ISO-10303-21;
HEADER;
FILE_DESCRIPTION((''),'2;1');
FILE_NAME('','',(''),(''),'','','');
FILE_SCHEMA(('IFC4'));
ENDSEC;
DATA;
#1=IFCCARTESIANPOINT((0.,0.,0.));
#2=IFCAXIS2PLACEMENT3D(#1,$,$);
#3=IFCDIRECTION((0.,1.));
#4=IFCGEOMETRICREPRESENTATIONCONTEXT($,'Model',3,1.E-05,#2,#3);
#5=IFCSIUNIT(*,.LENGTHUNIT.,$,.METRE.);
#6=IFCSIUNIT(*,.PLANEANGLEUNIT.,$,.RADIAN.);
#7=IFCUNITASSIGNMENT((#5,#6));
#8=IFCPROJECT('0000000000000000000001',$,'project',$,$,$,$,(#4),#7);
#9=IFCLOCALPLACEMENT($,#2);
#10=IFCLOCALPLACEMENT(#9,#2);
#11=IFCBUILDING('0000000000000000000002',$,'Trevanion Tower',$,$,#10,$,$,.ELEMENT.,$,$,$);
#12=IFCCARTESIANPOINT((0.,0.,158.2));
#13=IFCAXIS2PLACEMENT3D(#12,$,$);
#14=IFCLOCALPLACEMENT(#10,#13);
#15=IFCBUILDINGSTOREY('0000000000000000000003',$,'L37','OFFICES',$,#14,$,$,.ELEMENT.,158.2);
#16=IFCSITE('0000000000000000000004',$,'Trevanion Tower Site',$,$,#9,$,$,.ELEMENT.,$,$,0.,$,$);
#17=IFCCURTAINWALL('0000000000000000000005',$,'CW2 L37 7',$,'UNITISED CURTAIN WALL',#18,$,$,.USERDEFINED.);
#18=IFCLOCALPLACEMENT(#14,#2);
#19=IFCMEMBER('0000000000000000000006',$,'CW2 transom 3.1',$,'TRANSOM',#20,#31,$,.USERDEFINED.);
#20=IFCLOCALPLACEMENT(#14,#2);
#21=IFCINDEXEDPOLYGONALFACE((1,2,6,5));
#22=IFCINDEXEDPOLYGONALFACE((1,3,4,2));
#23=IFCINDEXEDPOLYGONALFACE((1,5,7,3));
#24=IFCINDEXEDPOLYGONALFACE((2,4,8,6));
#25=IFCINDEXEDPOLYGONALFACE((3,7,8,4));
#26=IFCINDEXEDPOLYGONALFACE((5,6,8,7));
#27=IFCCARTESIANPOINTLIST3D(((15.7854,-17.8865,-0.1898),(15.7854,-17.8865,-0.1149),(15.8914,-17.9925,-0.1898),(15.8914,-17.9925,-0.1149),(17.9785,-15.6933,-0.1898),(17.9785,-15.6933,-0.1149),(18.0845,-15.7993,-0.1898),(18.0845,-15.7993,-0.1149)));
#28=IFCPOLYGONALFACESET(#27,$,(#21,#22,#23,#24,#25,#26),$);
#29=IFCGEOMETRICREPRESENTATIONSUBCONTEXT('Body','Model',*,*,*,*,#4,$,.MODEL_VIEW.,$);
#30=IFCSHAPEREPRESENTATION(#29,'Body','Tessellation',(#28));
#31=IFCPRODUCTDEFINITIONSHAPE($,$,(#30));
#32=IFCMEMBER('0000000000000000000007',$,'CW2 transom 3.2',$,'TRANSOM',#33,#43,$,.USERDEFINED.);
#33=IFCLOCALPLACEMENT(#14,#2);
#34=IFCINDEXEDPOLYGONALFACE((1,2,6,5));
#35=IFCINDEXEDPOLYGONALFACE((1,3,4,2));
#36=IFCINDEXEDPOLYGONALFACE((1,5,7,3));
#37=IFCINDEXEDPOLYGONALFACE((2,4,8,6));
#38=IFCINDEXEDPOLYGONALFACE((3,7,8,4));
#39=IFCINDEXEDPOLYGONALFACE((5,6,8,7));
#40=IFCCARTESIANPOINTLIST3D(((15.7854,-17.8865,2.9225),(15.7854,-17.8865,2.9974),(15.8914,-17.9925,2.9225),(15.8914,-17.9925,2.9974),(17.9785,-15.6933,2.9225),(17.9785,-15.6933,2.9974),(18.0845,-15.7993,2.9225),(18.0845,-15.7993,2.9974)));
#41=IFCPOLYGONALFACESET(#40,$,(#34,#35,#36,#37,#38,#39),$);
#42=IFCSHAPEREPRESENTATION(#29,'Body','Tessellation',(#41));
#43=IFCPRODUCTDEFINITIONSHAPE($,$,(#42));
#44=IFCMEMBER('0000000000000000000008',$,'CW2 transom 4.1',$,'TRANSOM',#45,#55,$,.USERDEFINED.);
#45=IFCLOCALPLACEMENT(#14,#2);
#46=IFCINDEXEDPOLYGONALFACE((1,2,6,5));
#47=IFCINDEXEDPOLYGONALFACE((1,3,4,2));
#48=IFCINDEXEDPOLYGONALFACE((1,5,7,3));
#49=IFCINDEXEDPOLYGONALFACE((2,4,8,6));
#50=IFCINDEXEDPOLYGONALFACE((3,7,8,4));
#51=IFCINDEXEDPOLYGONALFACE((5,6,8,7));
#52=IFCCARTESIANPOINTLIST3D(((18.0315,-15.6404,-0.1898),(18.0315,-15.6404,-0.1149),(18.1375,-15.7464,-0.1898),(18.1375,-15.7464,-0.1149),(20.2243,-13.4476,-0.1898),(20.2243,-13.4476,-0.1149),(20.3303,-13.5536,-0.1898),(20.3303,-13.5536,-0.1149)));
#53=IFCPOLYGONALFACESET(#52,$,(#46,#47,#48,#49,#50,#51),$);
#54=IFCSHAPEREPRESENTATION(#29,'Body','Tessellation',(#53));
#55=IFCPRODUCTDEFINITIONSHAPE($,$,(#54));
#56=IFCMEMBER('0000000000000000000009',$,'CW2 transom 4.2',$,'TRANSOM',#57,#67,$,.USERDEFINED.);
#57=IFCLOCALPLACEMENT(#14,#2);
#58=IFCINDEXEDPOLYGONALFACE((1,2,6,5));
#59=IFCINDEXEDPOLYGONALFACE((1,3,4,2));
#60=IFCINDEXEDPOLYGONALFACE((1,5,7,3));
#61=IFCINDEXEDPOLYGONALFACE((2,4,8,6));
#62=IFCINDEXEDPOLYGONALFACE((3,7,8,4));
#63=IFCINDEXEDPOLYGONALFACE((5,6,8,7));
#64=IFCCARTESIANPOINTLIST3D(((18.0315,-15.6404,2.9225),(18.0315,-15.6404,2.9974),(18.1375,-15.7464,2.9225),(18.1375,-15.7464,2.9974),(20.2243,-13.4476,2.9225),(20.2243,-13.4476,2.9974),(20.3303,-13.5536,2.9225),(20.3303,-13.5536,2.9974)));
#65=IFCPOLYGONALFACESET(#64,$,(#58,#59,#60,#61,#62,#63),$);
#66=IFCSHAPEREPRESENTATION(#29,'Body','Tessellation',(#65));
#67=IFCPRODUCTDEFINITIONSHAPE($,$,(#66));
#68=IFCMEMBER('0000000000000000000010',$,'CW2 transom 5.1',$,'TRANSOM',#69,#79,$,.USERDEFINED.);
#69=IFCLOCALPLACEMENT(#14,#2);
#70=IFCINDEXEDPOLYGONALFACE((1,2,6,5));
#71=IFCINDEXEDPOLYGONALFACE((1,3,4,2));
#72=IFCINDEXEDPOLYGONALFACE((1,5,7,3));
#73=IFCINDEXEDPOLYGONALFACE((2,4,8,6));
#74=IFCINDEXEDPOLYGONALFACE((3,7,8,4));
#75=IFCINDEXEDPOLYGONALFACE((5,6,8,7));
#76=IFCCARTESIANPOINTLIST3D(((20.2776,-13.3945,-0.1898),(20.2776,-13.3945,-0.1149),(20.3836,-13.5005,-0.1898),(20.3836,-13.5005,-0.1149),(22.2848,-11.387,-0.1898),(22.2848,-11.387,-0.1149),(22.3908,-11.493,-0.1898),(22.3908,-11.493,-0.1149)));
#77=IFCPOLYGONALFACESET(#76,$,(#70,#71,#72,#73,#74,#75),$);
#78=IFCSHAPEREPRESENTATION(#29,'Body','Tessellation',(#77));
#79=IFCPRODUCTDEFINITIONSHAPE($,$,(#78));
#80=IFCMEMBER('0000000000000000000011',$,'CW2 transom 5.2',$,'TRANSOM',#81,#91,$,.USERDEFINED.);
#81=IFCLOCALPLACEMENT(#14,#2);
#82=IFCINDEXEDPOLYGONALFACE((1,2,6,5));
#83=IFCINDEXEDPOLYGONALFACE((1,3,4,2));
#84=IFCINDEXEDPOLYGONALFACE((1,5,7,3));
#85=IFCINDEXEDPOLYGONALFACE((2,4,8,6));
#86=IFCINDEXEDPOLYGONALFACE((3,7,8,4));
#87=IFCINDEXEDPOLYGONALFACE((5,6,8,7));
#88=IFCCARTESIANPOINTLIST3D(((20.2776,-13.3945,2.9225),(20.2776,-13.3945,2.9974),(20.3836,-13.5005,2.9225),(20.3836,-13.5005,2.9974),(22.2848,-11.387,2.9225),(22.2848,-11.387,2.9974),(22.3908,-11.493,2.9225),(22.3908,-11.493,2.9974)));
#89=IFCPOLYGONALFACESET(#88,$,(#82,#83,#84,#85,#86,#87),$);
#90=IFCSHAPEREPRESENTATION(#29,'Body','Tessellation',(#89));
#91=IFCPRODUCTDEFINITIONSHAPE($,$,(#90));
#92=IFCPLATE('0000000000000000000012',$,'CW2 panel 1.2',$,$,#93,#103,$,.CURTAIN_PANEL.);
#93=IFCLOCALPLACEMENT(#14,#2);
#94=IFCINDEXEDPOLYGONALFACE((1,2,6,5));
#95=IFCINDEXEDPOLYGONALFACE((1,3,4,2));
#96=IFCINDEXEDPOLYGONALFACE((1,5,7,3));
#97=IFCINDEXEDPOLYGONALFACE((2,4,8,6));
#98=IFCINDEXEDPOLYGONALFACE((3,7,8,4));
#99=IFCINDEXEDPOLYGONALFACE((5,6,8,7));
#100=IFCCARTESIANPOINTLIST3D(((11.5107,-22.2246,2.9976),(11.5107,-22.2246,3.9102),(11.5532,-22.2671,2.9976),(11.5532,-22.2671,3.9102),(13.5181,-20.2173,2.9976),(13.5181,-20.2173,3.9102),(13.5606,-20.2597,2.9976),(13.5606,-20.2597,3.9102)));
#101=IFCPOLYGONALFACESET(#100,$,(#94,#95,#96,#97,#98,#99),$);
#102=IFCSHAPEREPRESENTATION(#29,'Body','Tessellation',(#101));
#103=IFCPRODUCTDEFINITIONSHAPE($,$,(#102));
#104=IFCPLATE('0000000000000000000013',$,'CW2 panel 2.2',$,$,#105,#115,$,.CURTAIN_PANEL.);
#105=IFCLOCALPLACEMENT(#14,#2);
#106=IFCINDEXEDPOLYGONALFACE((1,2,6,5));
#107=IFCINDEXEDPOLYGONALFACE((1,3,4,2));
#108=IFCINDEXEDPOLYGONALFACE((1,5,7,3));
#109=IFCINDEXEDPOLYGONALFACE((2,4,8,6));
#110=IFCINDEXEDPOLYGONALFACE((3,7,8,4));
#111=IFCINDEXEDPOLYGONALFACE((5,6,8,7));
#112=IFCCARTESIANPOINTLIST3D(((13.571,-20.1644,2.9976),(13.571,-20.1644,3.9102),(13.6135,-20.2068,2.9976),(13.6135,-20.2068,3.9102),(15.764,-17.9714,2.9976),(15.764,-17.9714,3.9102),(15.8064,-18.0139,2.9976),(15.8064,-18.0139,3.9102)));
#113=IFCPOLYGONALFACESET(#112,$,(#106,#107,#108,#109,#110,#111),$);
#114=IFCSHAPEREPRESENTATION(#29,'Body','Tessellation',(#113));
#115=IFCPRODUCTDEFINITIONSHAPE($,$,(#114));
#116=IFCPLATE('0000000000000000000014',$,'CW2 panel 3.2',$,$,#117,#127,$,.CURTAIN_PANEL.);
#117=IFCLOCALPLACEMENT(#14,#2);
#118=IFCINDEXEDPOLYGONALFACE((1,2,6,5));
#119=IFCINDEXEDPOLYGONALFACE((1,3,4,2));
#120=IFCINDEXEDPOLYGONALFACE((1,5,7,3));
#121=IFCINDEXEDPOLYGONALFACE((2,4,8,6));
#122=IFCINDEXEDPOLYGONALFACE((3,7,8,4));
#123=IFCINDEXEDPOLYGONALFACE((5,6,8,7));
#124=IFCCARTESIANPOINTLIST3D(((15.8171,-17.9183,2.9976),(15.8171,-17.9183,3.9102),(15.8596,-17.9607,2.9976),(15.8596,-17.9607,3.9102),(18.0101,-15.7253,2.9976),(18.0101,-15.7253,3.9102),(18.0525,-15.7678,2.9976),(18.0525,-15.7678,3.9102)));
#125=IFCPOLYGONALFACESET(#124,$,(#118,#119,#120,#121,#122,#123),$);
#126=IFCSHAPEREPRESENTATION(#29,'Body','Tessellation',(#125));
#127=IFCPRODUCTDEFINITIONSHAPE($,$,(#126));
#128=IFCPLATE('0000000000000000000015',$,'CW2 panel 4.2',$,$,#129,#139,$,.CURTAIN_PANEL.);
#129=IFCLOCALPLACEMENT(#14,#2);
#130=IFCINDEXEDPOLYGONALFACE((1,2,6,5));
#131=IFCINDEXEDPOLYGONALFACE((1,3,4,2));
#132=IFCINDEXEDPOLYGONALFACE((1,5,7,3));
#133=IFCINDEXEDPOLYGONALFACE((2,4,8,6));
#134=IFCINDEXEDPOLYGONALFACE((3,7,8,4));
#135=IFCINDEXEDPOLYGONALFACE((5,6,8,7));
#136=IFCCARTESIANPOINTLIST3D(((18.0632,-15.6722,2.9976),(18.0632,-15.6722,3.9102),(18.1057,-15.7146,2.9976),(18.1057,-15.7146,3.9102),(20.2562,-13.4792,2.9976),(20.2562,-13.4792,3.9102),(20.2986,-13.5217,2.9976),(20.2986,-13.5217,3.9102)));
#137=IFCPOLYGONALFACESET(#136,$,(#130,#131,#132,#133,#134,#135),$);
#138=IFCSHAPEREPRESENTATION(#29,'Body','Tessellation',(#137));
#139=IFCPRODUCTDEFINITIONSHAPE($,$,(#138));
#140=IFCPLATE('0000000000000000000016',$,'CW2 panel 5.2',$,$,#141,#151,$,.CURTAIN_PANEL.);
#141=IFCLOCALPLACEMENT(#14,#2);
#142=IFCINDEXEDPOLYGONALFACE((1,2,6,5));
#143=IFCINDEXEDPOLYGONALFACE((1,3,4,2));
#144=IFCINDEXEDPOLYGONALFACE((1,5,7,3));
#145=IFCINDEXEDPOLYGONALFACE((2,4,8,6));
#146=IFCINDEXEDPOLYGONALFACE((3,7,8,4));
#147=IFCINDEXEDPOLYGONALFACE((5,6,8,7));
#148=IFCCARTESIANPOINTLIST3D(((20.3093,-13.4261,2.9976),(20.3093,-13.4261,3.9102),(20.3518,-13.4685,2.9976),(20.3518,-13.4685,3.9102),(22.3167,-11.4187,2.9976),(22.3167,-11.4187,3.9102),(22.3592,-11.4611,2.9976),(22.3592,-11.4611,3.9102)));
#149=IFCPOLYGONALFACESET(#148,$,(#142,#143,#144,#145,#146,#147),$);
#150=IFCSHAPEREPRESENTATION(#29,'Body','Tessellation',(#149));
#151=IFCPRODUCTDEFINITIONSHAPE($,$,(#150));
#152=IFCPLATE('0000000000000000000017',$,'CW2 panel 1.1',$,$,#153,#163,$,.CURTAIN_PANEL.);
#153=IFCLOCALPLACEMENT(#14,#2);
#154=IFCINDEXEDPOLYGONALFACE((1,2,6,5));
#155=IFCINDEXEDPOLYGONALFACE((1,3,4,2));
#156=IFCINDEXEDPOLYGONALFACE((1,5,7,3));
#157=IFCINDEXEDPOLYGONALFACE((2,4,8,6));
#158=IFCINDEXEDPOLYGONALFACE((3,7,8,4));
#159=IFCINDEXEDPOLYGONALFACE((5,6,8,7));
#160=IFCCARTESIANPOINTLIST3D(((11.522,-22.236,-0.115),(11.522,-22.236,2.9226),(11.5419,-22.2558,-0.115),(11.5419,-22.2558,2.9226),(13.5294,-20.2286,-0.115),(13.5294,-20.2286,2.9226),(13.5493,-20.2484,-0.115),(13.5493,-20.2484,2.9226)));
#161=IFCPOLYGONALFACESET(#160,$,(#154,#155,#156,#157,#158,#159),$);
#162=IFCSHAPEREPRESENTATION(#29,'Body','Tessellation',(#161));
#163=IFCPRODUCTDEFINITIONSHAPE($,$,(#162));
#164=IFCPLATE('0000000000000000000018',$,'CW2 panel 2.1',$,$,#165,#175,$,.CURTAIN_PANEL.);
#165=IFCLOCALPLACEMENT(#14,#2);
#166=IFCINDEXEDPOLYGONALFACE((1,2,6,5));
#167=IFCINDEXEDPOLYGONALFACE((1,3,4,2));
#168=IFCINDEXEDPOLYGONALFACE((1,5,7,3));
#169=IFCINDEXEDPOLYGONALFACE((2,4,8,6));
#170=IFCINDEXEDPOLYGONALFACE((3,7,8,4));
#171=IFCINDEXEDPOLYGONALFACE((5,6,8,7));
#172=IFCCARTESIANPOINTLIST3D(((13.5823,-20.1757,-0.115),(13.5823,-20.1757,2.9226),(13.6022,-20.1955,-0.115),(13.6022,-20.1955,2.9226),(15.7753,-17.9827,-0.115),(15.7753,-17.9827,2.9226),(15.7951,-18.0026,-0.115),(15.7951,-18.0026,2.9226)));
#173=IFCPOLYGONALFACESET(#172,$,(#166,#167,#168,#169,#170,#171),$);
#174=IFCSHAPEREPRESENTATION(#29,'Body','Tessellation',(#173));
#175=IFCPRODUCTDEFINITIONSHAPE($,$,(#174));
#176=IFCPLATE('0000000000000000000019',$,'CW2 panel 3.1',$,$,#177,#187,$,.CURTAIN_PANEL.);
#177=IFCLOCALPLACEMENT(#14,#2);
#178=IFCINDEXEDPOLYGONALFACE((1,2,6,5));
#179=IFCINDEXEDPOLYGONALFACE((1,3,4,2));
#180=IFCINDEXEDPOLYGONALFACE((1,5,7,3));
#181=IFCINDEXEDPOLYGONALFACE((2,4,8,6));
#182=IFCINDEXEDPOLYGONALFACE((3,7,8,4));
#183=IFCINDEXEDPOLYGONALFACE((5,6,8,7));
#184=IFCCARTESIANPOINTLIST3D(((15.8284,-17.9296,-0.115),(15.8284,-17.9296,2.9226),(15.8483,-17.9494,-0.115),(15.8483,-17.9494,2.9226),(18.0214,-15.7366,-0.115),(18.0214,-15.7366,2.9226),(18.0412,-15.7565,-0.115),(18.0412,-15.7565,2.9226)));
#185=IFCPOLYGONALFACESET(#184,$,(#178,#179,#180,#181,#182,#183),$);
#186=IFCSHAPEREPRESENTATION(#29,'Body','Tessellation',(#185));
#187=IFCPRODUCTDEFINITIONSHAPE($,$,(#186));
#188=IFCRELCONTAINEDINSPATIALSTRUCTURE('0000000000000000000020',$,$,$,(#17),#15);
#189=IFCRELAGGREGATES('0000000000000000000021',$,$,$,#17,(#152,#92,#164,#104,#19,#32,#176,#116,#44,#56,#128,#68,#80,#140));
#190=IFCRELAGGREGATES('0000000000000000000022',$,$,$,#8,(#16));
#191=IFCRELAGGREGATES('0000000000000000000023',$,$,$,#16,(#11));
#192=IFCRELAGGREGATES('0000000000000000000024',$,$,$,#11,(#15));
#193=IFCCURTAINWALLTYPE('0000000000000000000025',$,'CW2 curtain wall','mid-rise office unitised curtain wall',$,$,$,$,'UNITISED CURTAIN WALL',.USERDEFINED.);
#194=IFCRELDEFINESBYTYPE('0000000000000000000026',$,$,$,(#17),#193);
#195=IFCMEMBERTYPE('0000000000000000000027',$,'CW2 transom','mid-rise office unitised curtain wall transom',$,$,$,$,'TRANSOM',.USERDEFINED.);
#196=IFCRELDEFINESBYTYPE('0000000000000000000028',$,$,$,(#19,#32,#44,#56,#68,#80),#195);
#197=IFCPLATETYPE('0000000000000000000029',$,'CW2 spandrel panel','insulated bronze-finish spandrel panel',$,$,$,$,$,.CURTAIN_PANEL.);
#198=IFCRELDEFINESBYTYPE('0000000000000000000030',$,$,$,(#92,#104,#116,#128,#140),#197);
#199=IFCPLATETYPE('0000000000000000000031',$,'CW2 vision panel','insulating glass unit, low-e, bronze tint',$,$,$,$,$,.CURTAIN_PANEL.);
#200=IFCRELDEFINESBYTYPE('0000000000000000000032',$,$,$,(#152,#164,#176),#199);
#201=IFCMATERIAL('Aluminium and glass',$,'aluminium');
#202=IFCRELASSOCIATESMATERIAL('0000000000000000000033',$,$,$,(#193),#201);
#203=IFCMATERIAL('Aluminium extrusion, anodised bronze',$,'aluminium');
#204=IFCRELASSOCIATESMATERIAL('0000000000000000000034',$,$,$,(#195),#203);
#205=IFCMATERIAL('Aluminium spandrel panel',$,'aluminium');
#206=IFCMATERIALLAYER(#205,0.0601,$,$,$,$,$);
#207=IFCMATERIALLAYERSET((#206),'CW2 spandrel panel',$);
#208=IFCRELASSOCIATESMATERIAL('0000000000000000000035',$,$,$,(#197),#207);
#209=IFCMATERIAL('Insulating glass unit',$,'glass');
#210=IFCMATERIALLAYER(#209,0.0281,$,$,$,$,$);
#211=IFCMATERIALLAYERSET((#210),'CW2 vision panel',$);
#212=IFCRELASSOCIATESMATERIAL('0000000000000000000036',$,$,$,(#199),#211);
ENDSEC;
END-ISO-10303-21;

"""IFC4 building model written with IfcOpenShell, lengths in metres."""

from ifc_helpers import new_model, si_unit, direction, frame, origin, origin_2d, place, context, subcontext, project, spatial, rectangle, extrude, material, layer, layer_set, material_profile, profile_set, type_object, element, aggregate, save


model = new_model("IFC4")

# Units and contexts
model_context = context("Model", 3, precision=1e-05, world=origin(), true_north=direction((0.0, 1.0)))
body_context = subcontext(model_context, "Body", "Model", "MODEL_VIEW")
ifc_project = project(units=[si_unit("LENGTHUNIT", "METRE"), si_unit("PLANEANGLEUNIT", "RADIAN")], contexts=[model_context])

# Site, building, storey
site_placement = place(None, origin())
site = spatial("IfcSite", under=ifc_project, at=site_placement, Name="Trevanion Tower Site", CompositionType="ELEMENT", RefElevation=0.0)
building_placement = place(site_placement, origin())
building = spatial("IfcBuilding", under=site, at=building_placement, Name="Trevanion Tower", CompositionType="ELEMENT")
storey_placement = place(building_placement, frame((0.0, 0.0, 158.2)))
storey = spatial("IfcBuildingStorey", under=building, at=storey_placement, Name="L37", Description="OFFICES", CompositionType="ELEMENT", Elevation=158.2)

# Curtain wall
ifc_material_1 = material(Name="Aluminium and glass", Category="aluminium")
curtain_wall_type = type_object("IfcCurtainWallType", Name="CW2 curtain wall", Description="mid-rise office unitised curtain wall", ElementType="UNITISED CURTAIN WALL", PredefinedType="USERDEFINED", material=ifc_material_1)
curtain_wall_1_placement = place(storey_placement, origin())
curtain_wall_1 = element("IfcCurtainWall", 1, at=curtain_wall_1_placement, inside=storey, type_object=curtain_wall_type, Name="CW2 L37 7", ObjectType="UNITISED CURTAIN WALL", PredefinedType="USERDEFINED")

# Members
ifc_material_2 = material(Name="Aluminium extrusion, anodised bronze", Category="aluminium")
ifc_material_profile_1 = material_profile(ifc_material_2, rectangle(XDim=0.1499, YDim=0.075, at=origin_2d()), Name="CW2 transom")
ifc_profile_set_1 = profile_set([ifc_material_profile_1], Name="Aluminium extrusion, anodised bronze")
member_type_1 = type_object("IfcMemberType", Name="CW2 transom", Description="mid-rise office unitised curtain wall transom", ElementType="TRANSOM", PredefinedType="USERDEFINED", material=ifc_profile_set_1)
member_1_placement = place(storey_placement, frame((15.8384, -17.9395, -0.1523), z_axis=(0.707107, 0.707107, 0.0), x_axis=(-0.707107, 0.707107, 0.0)))
member_1 = element("IfcMember", 2, at=member_1_placement, type_object=member_type_1, Name="CW2 transom 3.1", ObjectType="TRANSOM", PredefinedType="USERDEFINED", context=body_context, shape_type="SweptSolid", body=[
    extrude(rectangle(XDim=0.1499, YDim=0.075, at=origin_2d()), origin(), (0.0, 0.0, 1.0), 3.1016),
])
member_2_placement = place(storey_placement, frame((15.8384, -17.9395, 2.96), z_axis=(0.707107, 0.707107, 0.0), x_axis=(-0.707107, 0.707107, 0.0)))
member_2 = element("IfcMember", 3, at=member_2_placement, type_object=member_type_1, Name="CW2 transom 3.2", ObjectType="TRANSOM", PredefinedType="USERDEFINED", context=body_context, shape_type="SweptSolid", body=[
    extrude(rectangle(XDim=0.1499, YDim=0.075, at=origin_2d()), origin(), (0.0, 0.0, 1.0), 3.1016),
])
member_3_placement = place(storey_placement, frame((18.0845, -15.6934, -0.1523), z_axis=(0.707107, 0.707107, 0.0), x_axis=(-0.707107, 0.707107, 0.0)))
member_3 = element("IfcMember", 4, at=member_3_placement, type_object=member_type_1, Name="CW2 transom 4.1", ObjectType="TRANSOM", PredefinedType="USERDEFINED", context=body_context, shape_type="SweptSolid", body=[
    extrude(rectangle(XDim=0.1499, YDim=0.075, at=origin_2d()), origin(), (0.0, 0.0, 1.0), 3.1011),
])
member_4_placement = place(storey_placement, frame((18.0845, -15.6934, 2.96), z_axis=(0.707107, 0.707107, 0.0), x_axis=(-0.707107, 0.707107, 0.0)))
member_4 = element("IfcMember", 5, at=member_4_placement, type_object=member_type_1, Name="CW2 transom 4.2", ObjectType="TRANSOM", PredefinedType="USERDEFINED", context=body_context, shape_type="SweptSolid", body=[
    extrude(rectangle(XDim=0.1499, YDim=0.075, at=origin_2d()), origin(), (0.0, 0.0, 1.0), 3.1011),
])
member_5_placement = place(storey_placement, frame((20.3306, -13.4475, -0.1523), z_axis=(0.707064, 0.70715, 0.0), x_axis=(-0.70715, 0.707064, 0.0)))
member_5 = element("IfcMember", 6, at=member_5_placement, type_object=member_type_1, Name="CW2 transom 5.1", ObjectType="TRANSOM", PredefinedType="USERDEFINED", context=body_context, shape_type="SweptSolid", body=[
    extrude(rectangle(XDim=0.1499, YDim=0.075, at=origin_2d()), origin(), (0.0, 0.0, 1.0), 2.8389),
])
member_6_placement = place(storey_placement, frame((20.3306, -13.4475, 2.96), z_axis=(0.707064, 0.70715, 0.0), x_axis=(-0.70715, 0.707064, 0.0)))
member_6 = element("IfcMember", 7, at=member_6_placement, type_object=member_type_1, Name="CW2 transom 5.2", ObjectType="TRANSOM", PredefinedType="USERDEFINED", context=body_context, shape_type="SweptSolid", body=[
    extrude(rectangle(XDim=0.1499, YDim=0.075, at=origin_2d()), origin(), (0.0, 0.0, 1.0), 2.8389),
])

# Plates
ifc_material_3 = material(Name="Aluminium spandrel panel", Category="aluminium")
ifc_layer_1 = layer(ifc_material_3, 0.0601)
ifc_layer_set_1 = layer_set([ifc_layer_1], Name="CW2 spandrel panel")
plate_type_1 = type_object("IfcPlateType", Name="CW2 spandrel panel", Description="insulated bronze-finish spandrel panel", PredefinedType="CURTAIN_PANEL", material=ifc_layer_set_1)
plate_1_placement = place(storey_placement, frame((12.5356, -21.2422, 2.9976), z_axis=(0.0, 0.0, 1.0), x_axis=(0.707107, 0.707107, 0.0)))
plate_1 = element("IfcPlate", 8, at=plate_1_placement, type_object=plate_type_1, Name="CW2 panel 1.2", PredefinedType="CURTAIN_PANEL", context=body_context, shape_type="SweptSolid", body=[
    extrude(rectangle(XDim=2.8389, YDim=0.0601, at=origin_2d()), origin(), (0.0, 0.0, 1.0), 0.9126),
])
plate_2_placement = place(storey_placement, frame((14.6887, -19.0891, 2.9976), z_axis=(0.0, 0.0, 1.0), x_axis=(0.707107, 0.707107, 0.0)))
plate_2 = element("IfcPlate", 9, at=plate_2_placement, type_object=plate_type_1, Name="CW2 panel 2.2", PredefinedType="CURTAIN_PANEL", context=body_context, shape_type="SweptSolid", body=[
    extrude(rectangle(XDim=3.1013, YDim=0.0601, at=origin_2d()), origin(), (0.0, 0.0, 1.0), 0.9126),
])
plate_3_placement = place(storey_placement, frame((16.9348, -16.843, 2.9976), z_axis=(0.0, 0.0, 1.0), x_axis=(0.707107, 0.707107, 0.0)))
plate_3 = element("IfcPlate", 10, at=plate_3_placement, type_object=plate_type_1, Name="CW2 panel 3.2", PredefinedType="CURTAIN_PANEL", context=body_context, shape_type="SweptSolid", body=[
    extrude(rectangle(XDim=3.1013, YDim=0.0601, at=origin_2d()), origin(), (0.0, 0.0, 1.0), 0.9126),
])
plate_4_placement = place(storey_placement, frame((19.1809, -14.5969, 2.9976), z_axis=(0.0, 0.0, 1.0), x_axis=(0.707107, 0.707107, 0.0)))
plate_4 = element("IfcPlate", 11, at=plate_4_placement, type_object=plate_type_1, Name="CW2 panel 4.2", PredefinedType="CURTAIN_PANEL", context=body_context, shape_type="SweptSolid", body=[
    extrude(rectangle(XDim=3.1013, YDim=0.0601, at=origin_2d()), origin(), (0.0, 0.0, 1.0), 0.9126),
])
plate_5_placement = place(storey_placement, frame((21.3342, -12.4436, 2.9976), z_axis=(0.0, 0.0, 1.0), x_axis=(0.707107, 0.707107, 0.0)))
plate_5 = element("IfcPlate", 12, at=plate_5_placement, type_object=plate_type_1, Name="CW2 panel 5.2", PredefinedType="CURTAIN_PANEL", context=body_context, shape_type="SweptSolid", body=[
    extrude(rectangle(XDim=2.8389, YDim=0.0601, at=origin_2d()), origin(), (0.0, 0.0, 1.0), 0.9126),
])
ifc_material_4 = material(Name="Insulating glass unit", Category="glass")
ifc_layer_2 = layer(ifc_material_4, 0.0281)
ifc_layer_set_2 = layer_set([ifc_layer_2], Name="CW2 vision panel")
plate_type_2 = type_object("IfcPlateType", Name="CW2 vision panel", Description="insulating glass unit, low-e, bronze tint", PredefinedType="CURTAIN_PANEL", material=ifc_layer_set_2)
plate_6_placement = place(storey_placement, frame((12.5356, -21.2422, -0.115), z_axis=(0.0, 0.0, 1.0), x_axis=(0.707107, 0.707107, 0.0)))
plate_6 = element("IfcPlate", 13, at=plate_6_placement, type_object=plate_type_2, Name="CW2 panel 1.1", PredefinedType="CURTAIN_PANEL", context=body_context, shape_type="SweptSolid", body=[
    extrude(rectangle(XDim=2.8389, YDim=0.0281, at=origin_2d()), origin(), (0.0, 0.0, 1.0), 3.0376),
])
plate_7_placement = place(storey_placement, frame((14.6887, -19.0891, -0.115), z_axis=(0.0, 0.0, 1.0), x_axis=(0.707107, 0.707107, 0.0)))
plate_7 = element("IfcPlate", 14, at=plate_7_placement, type_object=plate_type_2, Name="CW2 panel 2.1", PredefinedType="CURTAIN_PANEL", context=body_context, shape_type="SweptSolid", body=[
    extrude(rectangle(XDim=3.1013, YDim=0.0281, at=origin_2d()), origin(), (0.0, 0.0, 1.0), 3.0376),
])
plate_8_placement = place(storey_placement, frame((16.9348, -16.843, -0.115), z_axis=(0.0, 0.0, 1.0), x_axis=(0.707107, 0.707107, 0.0)))
plate_8 = element("IfcPlate", 15, at=plate_8_placement, type_object=plate_type_2, Name="CW2 panel 3.1", PredefinedType="CURTAIN_PANEL", context=body_context, shape_type="SweptSolid", body=[
    extrude(rectangle(XDim=3.1013, YDim=0.0281, at=origin_2d()), origin(), (0.0, 0.0, 1.0), 3.0376),
])
aggregate(curtain_wall_1, [plate_6, plate_1, plate_7, plate_2, member_1, member_2, plate_8, plate_3, member_3, member_4, plate_4, member_5, member_6, plate_5])

save(model, "model.ifc")
